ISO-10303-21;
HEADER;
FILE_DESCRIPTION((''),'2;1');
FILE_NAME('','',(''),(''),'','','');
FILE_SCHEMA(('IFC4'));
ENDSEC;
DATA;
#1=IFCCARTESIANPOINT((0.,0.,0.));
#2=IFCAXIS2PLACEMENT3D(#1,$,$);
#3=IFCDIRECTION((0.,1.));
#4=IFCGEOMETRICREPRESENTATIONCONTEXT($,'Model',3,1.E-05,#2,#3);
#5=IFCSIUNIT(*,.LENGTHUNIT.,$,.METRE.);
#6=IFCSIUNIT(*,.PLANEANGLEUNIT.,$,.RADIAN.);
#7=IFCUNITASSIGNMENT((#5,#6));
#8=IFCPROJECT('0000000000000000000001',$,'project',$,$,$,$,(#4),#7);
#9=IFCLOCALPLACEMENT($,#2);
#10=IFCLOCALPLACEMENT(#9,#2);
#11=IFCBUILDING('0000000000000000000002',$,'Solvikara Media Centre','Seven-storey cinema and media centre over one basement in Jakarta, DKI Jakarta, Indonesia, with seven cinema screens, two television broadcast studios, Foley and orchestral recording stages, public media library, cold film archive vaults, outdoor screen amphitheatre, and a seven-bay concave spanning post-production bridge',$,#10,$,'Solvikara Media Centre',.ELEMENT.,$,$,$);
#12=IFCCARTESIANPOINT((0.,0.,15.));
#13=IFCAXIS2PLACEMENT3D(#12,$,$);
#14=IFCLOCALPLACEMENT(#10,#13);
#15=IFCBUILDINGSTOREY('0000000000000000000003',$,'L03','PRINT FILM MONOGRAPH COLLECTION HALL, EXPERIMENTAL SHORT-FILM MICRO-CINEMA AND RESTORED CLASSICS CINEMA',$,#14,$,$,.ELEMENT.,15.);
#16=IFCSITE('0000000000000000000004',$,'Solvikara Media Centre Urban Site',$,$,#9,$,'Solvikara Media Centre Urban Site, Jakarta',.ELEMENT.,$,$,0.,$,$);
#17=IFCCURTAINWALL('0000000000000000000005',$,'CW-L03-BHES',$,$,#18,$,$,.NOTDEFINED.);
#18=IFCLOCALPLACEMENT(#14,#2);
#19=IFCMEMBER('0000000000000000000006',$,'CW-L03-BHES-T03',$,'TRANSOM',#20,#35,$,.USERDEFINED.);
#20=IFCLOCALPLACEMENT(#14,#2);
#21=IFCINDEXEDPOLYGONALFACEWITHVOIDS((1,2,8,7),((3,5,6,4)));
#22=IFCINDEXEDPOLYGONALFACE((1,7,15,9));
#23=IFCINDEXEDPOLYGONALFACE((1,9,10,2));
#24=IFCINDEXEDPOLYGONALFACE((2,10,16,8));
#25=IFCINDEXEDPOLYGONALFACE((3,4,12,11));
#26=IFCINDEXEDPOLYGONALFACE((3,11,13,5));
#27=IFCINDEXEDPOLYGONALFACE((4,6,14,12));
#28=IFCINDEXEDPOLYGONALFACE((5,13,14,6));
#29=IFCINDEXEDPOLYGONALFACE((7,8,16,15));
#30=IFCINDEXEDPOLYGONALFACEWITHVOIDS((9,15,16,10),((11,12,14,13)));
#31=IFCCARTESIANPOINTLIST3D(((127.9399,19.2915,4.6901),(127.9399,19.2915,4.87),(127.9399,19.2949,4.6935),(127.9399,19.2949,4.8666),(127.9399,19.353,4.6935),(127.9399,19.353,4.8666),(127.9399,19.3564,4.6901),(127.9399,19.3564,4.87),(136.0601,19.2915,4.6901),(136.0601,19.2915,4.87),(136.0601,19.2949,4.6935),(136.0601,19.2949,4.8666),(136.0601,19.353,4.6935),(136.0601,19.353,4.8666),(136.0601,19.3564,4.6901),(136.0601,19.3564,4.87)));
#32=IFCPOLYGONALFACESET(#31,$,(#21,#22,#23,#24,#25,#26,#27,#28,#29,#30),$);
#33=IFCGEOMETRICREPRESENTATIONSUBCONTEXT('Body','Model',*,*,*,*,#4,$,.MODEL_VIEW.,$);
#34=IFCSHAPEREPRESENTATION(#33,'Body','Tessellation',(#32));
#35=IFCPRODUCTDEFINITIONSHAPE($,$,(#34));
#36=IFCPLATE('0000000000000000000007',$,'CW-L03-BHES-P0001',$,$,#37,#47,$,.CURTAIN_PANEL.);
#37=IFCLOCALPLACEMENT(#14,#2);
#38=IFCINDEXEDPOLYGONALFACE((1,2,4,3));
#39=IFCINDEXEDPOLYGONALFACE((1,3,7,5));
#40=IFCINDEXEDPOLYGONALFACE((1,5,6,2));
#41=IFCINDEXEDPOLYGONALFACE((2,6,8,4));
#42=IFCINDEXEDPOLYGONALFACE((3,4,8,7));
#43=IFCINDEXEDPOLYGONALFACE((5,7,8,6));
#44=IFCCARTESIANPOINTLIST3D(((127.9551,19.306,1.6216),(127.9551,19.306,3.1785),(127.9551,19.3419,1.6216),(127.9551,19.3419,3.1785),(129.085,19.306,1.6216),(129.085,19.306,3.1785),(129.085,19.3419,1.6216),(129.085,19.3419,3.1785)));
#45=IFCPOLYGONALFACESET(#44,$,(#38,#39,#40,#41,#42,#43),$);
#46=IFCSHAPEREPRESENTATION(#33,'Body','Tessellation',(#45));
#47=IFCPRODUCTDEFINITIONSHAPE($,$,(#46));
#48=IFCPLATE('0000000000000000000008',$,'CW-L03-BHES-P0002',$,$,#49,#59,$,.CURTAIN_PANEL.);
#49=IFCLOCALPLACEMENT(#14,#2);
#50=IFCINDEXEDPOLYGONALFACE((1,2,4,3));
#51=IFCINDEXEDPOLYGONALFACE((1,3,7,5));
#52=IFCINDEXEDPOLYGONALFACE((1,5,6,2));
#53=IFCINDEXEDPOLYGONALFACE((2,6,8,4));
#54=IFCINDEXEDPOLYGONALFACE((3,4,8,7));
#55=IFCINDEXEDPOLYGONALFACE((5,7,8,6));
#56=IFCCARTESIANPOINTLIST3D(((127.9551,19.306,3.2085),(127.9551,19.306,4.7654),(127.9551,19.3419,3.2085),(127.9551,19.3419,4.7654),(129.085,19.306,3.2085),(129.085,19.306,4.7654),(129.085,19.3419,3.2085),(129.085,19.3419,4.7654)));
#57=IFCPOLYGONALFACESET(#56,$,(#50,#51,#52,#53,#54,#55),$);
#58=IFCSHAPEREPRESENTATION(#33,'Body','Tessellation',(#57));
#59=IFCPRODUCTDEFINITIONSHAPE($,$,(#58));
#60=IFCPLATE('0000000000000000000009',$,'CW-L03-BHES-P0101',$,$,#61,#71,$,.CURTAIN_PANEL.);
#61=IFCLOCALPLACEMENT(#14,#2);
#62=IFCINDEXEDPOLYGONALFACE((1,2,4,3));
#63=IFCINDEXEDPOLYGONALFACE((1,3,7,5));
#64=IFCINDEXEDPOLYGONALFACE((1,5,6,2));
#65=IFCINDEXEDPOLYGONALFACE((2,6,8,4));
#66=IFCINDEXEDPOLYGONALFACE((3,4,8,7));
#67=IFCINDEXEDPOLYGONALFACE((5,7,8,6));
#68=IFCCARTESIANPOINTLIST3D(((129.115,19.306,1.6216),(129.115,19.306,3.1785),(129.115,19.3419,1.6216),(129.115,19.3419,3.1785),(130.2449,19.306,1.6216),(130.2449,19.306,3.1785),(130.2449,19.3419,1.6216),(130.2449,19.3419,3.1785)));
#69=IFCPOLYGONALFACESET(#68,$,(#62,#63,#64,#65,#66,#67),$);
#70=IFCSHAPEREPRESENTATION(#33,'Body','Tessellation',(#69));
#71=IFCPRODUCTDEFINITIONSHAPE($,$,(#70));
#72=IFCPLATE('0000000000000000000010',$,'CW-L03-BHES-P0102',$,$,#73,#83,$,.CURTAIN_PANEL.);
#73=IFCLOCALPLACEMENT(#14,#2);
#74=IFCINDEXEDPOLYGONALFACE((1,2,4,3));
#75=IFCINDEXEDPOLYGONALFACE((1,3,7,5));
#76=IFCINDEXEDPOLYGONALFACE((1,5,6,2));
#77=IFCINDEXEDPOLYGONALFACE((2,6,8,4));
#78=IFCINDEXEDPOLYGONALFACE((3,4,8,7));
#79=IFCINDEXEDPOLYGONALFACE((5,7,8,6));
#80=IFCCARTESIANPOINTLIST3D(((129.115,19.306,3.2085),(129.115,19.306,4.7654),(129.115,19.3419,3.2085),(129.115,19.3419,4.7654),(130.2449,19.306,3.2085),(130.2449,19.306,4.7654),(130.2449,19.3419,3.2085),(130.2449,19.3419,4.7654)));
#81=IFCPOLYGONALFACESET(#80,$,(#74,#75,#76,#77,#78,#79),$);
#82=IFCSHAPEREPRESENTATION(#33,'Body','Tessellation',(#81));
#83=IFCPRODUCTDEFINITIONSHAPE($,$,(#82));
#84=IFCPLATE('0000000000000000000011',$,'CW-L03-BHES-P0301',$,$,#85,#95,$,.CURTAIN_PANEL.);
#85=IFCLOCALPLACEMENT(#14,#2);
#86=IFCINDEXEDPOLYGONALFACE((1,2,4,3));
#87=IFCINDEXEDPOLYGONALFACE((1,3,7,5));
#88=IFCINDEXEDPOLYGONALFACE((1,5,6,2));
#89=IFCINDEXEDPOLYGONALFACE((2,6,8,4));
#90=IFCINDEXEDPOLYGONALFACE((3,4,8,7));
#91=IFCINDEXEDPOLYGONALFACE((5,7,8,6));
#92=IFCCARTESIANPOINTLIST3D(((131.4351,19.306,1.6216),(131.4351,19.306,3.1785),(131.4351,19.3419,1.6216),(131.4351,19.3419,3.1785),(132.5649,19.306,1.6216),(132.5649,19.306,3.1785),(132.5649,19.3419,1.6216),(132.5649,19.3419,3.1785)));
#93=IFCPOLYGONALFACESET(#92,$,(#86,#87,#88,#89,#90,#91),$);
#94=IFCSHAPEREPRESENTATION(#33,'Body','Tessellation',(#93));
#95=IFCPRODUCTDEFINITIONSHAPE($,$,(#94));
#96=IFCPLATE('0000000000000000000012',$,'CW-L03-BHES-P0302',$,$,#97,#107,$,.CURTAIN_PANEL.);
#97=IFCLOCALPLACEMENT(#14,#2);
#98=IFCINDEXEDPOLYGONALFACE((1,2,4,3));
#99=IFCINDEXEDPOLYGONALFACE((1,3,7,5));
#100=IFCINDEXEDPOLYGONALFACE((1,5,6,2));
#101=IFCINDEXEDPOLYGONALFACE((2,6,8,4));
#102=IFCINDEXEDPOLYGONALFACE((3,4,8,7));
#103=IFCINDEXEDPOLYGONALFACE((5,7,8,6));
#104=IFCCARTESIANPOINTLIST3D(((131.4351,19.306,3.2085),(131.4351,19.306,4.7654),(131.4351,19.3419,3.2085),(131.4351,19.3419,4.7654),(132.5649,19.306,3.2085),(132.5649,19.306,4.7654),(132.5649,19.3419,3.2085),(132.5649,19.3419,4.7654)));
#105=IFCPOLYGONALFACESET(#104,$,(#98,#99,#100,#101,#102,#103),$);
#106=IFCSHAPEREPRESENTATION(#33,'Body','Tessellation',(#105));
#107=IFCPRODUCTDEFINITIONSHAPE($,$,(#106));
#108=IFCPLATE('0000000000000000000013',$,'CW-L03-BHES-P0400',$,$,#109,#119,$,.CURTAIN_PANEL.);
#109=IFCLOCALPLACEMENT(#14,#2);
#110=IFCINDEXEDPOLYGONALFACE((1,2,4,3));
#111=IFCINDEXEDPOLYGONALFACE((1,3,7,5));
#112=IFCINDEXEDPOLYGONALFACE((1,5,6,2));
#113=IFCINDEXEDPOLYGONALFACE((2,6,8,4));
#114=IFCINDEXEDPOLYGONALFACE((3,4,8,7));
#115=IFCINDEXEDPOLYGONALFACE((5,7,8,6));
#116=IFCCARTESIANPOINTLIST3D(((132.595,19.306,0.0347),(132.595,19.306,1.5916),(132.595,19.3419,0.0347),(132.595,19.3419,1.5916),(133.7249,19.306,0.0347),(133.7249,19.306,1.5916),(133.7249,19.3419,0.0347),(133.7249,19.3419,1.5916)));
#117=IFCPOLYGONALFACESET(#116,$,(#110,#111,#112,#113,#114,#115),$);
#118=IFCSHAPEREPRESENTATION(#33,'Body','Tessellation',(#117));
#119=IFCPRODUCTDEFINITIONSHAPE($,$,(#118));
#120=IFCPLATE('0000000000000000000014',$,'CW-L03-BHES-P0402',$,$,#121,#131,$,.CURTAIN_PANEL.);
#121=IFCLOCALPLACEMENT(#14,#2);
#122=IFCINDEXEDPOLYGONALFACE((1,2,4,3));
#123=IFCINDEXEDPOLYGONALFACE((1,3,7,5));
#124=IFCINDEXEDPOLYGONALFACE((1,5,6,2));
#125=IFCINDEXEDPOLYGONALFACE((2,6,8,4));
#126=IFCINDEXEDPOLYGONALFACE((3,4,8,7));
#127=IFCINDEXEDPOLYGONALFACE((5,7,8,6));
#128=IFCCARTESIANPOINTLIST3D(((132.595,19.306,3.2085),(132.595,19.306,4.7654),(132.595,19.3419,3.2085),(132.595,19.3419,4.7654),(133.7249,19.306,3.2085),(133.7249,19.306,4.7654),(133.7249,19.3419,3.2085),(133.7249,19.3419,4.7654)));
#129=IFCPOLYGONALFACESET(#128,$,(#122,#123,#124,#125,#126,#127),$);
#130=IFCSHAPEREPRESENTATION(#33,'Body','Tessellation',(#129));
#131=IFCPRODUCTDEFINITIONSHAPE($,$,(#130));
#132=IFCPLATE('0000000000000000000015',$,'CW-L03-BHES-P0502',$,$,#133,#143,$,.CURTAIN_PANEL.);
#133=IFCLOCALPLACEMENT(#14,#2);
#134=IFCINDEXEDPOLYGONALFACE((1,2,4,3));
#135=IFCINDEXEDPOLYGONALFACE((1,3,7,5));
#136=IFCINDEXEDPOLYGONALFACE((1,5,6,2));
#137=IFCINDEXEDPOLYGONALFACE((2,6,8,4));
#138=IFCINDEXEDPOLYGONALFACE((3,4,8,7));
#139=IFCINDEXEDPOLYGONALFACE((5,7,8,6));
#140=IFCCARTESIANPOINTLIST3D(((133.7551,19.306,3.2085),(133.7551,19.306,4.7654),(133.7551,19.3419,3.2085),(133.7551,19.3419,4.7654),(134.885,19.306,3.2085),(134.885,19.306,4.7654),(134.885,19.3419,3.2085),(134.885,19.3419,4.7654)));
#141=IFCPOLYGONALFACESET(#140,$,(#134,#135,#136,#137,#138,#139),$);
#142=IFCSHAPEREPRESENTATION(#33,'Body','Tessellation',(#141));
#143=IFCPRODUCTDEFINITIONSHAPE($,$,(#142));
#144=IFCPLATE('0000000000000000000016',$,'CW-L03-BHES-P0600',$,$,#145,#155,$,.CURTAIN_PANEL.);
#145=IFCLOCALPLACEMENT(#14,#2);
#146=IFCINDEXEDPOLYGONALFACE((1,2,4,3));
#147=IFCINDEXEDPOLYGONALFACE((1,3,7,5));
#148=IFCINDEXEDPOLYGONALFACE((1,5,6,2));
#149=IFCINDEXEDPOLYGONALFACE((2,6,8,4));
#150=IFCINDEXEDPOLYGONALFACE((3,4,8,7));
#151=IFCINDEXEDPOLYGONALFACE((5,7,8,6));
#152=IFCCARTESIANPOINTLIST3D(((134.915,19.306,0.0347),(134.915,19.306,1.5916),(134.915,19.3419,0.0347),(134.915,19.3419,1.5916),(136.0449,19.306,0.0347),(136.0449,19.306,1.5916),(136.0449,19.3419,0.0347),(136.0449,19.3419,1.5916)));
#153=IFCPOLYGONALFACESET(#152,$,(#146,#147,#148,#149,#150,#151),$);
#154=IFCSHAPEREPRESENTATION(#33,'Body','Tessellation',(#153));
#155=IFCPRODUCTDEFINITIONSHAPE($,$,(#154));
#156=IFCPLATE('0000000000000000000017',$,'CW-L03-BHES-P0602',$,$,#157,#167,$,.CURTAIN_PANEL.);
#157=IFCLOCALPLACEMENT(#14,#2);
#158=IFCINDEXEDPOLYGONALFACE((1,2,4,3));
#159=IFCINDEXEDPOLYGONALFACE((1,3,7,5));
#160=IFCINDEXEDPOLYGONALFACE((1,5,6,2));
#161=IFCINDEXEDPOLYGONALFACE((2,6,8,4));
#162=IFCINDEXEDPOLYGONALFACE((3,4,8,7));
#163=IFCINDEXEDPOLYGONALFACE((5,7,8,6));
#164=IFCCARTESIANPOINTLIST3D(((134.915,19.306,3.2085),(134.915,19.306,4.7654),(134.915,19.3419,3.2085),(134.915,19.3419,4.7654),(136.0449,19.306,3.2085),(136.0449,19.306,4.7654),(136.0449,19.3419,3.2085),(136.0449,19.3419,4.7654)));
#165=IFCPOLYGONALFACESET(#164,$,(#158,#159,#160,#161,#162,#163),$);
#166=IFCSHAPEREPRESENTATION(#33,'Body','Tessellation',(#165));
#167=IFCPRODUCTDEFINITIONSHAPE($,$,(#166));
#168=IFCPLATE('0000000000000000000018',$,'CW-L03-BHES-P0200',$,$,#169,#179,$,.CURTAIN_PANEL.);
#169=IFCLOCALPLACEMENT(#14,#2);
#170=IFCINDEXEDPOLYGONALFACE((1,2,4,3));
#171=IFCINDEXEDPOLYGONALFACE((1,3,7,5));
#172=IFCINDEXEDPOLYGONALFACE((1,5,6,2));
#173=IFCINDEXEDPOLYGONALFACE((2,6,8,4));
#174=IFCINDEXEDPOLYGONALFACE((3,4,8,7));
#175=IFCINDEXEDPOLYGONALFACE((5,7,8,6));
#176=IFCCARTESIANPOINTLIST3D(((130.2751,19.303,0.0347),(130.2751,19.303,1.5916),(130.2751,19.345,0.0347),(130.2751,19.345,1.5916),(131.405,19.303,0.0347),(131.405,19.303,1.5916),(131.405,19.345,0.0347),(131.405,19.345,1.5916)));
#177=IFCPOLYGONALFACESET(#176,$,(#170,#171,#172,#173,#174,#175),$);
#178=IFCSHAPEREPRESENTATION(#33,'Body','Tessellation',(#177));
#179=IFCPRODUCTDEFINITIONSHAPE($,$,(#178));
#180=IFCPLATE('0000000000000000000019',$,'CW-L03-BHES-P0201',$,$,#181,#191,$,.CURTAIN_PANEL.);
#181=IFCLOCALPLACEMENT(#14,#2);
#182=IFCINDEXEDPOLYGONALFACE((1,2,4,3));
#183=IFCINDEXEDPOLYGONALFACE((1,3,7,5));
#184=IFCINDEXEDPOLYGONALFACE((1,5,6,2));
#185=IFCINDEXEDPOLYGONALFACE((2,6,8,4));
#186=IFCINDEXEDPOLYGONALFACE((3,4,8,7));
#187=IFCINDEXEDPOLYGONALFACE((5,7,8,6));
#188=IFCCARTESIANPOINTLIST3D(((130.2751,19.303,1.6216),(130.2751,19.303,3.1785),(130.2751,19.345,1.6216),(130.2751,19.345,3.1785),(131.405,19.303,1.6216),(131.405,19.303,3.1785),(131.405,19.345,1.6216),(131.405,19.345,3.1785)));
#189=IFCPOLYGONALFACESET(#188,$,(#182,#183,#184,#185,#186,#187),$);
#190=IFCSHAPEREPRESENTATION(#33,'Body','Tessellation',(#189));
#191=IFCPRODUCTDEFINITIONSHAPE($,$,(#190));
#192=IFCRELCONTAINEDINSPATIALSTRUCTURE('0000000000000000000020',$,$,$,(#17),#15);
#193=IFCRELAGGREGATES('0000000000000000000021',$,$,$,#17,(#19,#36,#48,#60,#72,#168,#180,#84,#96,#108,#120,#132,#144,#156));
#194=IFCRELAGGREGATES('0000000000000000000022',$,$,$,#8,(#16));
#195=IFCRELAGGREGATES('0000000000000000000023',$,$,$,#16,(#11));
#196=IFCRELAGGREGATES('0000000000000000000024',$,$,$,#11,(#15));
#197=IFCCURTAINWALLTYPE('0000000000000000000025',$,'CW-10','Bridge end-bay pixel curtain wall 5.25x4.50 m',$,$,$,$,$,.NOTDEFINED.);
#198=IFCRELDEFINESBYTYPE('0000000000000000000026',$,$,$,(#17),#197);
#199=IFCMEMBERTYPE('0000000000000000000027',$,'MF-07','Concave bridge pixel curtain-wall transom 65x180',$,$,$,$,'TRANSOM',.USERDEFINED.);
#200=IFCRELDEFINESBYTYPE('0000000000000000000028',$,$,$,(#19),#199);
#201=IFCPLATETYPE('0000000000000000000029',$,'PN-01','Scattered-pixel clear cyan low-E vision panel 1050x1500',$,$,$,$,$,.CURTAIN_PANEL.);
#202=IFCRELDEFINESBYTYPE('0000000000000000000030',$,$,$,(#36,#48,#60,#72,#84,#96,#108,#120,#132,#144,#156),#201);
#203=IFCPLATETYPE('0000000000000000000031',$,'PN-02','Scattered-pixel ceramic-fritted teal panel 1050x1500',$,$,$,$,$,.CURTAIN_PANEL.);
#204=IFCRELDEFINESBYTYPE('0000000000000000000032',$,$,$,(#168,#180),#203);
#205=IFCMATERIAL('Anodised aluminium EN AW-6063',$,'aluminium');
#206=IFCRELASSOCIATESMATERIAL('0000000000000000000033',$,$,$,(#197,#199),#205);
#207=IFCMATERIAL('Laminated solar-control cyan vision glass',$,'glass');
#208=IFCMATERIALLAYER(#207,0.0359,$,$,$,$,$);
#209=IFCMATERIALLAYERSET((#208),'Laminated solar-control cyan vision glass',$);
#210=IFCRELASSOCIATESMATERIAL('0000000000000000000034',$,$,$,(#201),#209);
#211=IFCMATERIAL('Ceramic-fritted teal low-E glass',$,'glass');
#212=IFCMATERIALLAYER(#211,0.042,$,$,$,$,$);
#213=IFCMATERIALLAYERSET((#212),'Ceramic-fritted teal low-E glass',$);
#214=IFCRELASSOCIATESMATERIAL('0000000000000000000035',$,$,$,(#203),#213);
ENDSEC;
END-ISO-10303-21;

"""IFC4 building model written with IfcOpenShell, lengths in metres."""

from ifc_helpers import new_model, si_unit, direction, frame, origin, origin_2d, place, context, subcontext, project, spatial, rectangle, hollow_rectangle, extrude, material, layer, layer_set, material_profile, profile_set, type_object, element, aggregate, save


model = new_model("IFC4")

# Units and contexts
model_context = context("Model", 3, precision=1e-05, world=origin(), true_north=direction((0.0, 1.0)))
body_context = subcontext(model_context, "Body", "Model", "MODEL_VIEW")
ifc_project = project(units=[si_unit("LENGTHUNIT", "METRE"), si_unit("PLANEANGLEUNIT", "RADIAN")], contexts=[model_context])

# Site, building, storey
site_placement = place(None, origin())
site = spatial("IfcSite", under=ifc_project, at=site_placement, Name="Solvikara Media Centre Urban Site", LongName="Solvikara Media Centre Urban Site, Jakarta", CompositionType="ELEMENT", RefElevation=0.0)
building_placement = place(site_placement, origin())
building = spatial("IfcBuilding", under=site, at=building_placement, Name="Solvikara Media Centre", Description="Seven-storey cinema and media centre over one basement in Jakarta, DKI Jakarta, Indonesia, with seven cinema screens, two television broadcast studios, Foley and orchestral recording stages, public media library, cold film archive vaults, outdoor screen amphitheatre, and a seven-bay concave spanning post-production bridge", LongName="Solvikara Media Centre", CompositionType="ELEMENT")
storey_placement = place(building_placement, frame((0.0, 0.0, 15.0)))
storey = spatial("IfcBuildingStorey", under=building, at=storey_placement, Name="L03", Description="PRINT FILM MONOGRAPH COLLECTION HALL, EXPERIMENTAL SHORT-FILM MICRO-CINEMA AND RESTORED CLASSICS CINEMA", CompositionType="ELEMENT", Elevation=15.0)

# Curtain wall, member, plates
ifc_material_1 = material(Name="Anodised aluminium EN AW-6063", Category="aluminium")
curtain_wall_type = type_object("IfcCurtainWallType", Name="CW-10", Description="Bridge end-bay pixel curtain wall 5.25x4.50 m", PredefinedType="NOTDEFINED", material=ifc_material_1)
curtain_wall_placement = place(storey_placement, origin())
curtain_wall = element("IfcCurtainWall", 1, at=curtain_wall_placement, inside=storey, type_object=curtain_wall_type, Name="CW-L03-BHES", PredefinedType="NOTDEFINED")
ifc_material_profile_1 = material_profile(ifc_material_1, hollow_rectangle(XDim=0.0649, YDim=0.1799, WallThickness=0.0034, at=origin_2d()), Name="ALU-T 65x180x3.5")
ifc_profile_set_1 = profile_set([ifc_material_profile_1], Name="Anodised aluminium EN AW-6063")
member_type_1 = type_object("IfcMemberType", Name="MF-07", Description="Concave bridge pixel curtain-wall transom 65x180", ElementType="TRANSOM", PredefinedType="USERDEFINED", material=ifc_profile_set_1)
member_1_placement = place(storey_placement, frame((127.9399, 19.324, 4.78), z_axis=(1.0, 0.0, 0.0), x_axis=(0.0, 1.0, 0.0)))
member_1 = element("IfcMember", 2, at=member_1_placement, type_object=member_type_1, Name="CW-L03-BHES-T03", ObjectType="TRANSOM", PredefinedType="USERDEFINED", context=body_context, shape_type="SweptSolid", body=[
    extrude(hollow_rectangle(XDim=0.0649, YDim=0.1799, WallThickness=0.0034, at=origin_2d()), origin(), (0.0, 0.0, 1.0), 8.1201),
])
ifc_material_2 = material(Name="Laminated solar-control cyan vision glass", Category="glass")
ifc_layer_1 = layer(ifc_material_2, 0.0359)
ifc_layer_set_1 = layer_set([ifc_layer_1], Name="Laminated solar-control cyan vision glass")
plate_type_1 = type_object("IfcPlateType", Name="PN-01", Description="Scattered-pixel clear cyan low-E vision panel 1050x1500", PredefinedType="CURTAIN_PANEL", material=ifc_layer_set_1)
plate_1_placement = place(storey_placement, frame((128.52, 19.324, 1.6216), z_axis=(0.0, 0.0, 1.0), x_axis=(1.0, 0.0, 0.0)))
plate_1 = element("IfcPlate", 3, at=plate_1_placement, type_object=plate_type_1, Name="CW-L03-BHES-P0001", PredefinedType="CURTAIN_PANEL", context=body_context, shape_type="SweptSolid", body=[
    extrude(rectangle(XDim=1.1299, YDim=0.0359, at=origin_2d()), origin(), (0.0, 0.0, 1.0), 1.5569),
])
plate_2_placement = place(storey_placement, frame((128.52, 19.324, 3.2085), z_axis=(0.0, 0.0, 1.0), x_axis=(1.0, 0.0, 0.0)))
plate_2 = element("IfcPlate", 4, at=plate_2_placement, type_object=plate_type_1, Name="CW-L03-BHES-P0002", PredefinedType="CURTAIN_PANEL", context=body_context, shape_type="SweptSolid", body=[
    extrude(rectangle(XDim=1.1299, YDim=0.0359, at=origin_2d()), origin(), (0.0, 0.0, 1.0), 1.5569),
])
plate_3_placement = place(storey_placement, frame((129.6799, 19.324, 1.6216), z_axis=(0.0, 0.0, 1.0), x_axis=(1.0, 0.0, 0.0)))
plate_3 = element("IfcPlate", 5, at=plate_3_placement, type_object=plate_type_1, Name="CW-L03-BHES-P0101", PredefinedType="CURTAIN_PANEL", context=body_context, shape_type="SweptSolid", body=[
    extrude(rectangle(XDim=1.1299, YDim=0.0359, at=origin_2d()), origin(), (0.0, 0.0, 1.0), 1.5569),
])
plate_4_placement = place(storey_placement, frame((129.6799, 19.324, 3.2085), z_axis=(0.0, 0.0, 1.0), x_axis=(1.0, 0.0, 0.0)))
plate_4 = element("IfcPlate", 6, at=plate_4_placement, type_object=plate_type_1, Name="CW-L03-BHES-P0102", PredefinedType="CURTAIN_PANEL", context=body_context, shape_type="SweptSolid", body=[
    extrude(rectangle(XDim=1.1299, YDim=0.0359, at=origin_2d()), origin(), (0.0, 0.0, 1.0), 1.5569),
])
plate_5_placement = place(storey_placement, frame((132.0, 19.324, 1.6216), z_axis=(0.0, 0.0, 1.0), x_axis=(1.0, 0.0, 0.0)))
plate_5 = element("IfcPlate", 7, at=plate_5_placement, type_object=plate_type_1, Name="CW-L03-BHES-P0301", PredefinedType="CURTAIN_PANEL", context=body_context, shape_type="SweptSolid", body=[
    extrude(rectangle(XDim=1.1299, YDim=0.0359, at=origin_2d()), origin(), (0.0, 0.0, 1.0), 1.5569),
])
plate_6_placement = place(storey_placement, frame((132.0, 19.324, 3.2085), z_axis=(0.0, 0.0, 1.0), x_axis=(1.0, 0.0, 0.0)))
plate_6 = element("IfcPlate", 8, at=plate_6_placement, type_object=plate_type_1, Name="CW-L03-BHES-P0302", PredefinedType="CURTAIN_PANEL", context=body_context, shape_type="SweptSolid", body=[
    extrude(rectangle(XDim=1.1299, YDim=0.0359, at=origin_2d()), origin(), (0.0, 0.0, 1.0), 1.5569),
])
plate_7_placement = place(storey_placement, frame((133.1599, 19.324, 0.0347), z_axis=(0.0, 0.0, 1.0), x_axis=(1.0, 0.0, 0.0)))
plate_7 = element("IfcPlate", 9, at=plate_7_placement, type_object=plate_type_1, Name="CW-L03-BHES-P0400", PredefinedType="CURTAIN_PANEL", context=body_context, shape_type="SweptSolid", body=[
    extrude(rectangle(XDim=1.1299, YDim=0.0359, at=origin_2d()), origin(), (0.0, 0.0, 1.0), 1.5569),
])
plate_8_placement = place(storey_placement, frame((133.1599, 19.324, 3.2085), z_axis=(0.0, 0.0, 1.0), x_axis=(1.0, 0.0, 0.0)))
plate_8 = element("IfcPlate", 10, at=plate_8_placement, type_object=plate_type_1, Name="CW-L03-BHES-P0402", PredefinedType="CURTAIN_PANEL", context=body_context, shape_type="SweptSolid", body=[
    extrude(rectangle(XDim=1.1299, YDim=0.0359, at=origin_2d()), origin(), (0.0, 0.0, 1.0), 1.5569),
])
plate_9_placement = place(storey_placement, frame((134.3201, 19.324, 3.2085), z_axis=(0.0, 0.0, 1.0), x_axis=(1.0, 0.0, 0.0)))
plate_9 = element("IfcPlate", 11, at=plate_9_placement, type_object=plate_type_1, Name="CW-L03-BHES-P0502", PredefinedType="CURTAIN_PANEL", context=body_context, shape_type="SweptSolid", body=[
    extrude(rectangle(XDim=1.1299, YDim=0.0359, at=origin_2d()), origin(), (0.0, 0.0, 1.0), 1.5569),
])
plate_10_placement = place(storey_placement, frame((135.48, 19.324, 0.0347), z_axis=(0.0, 0.0, 1.0), x_axis=(1.0, 0.0, 0.0)))
plate_10 = element("IfcPlate", 12, at=plate_10_placement, type_object=plate_type_1, Name="CW-L03-BHES-P0600", PredefinedType="CURTAIN_PANEL", context=body_context, shape_type="SweptSolid", body=[
    extrude(rectangle(XDim=1.1299, YDim=0.0359, at=origin_2d()), origin(), (0.0, 0.0, 1.0), 1.5569),
])
plate_11_placement = place(storey_placement, frame((135.48, 19.324, 3.2085), z_axis=(0.0, 0.0, 1.0), x_axis=(1.0, 0.0, 0.0)))
plate_11 = element("IfcPlate", 13, at=plate_11_placement, type_object=plate_type_1, Name="CW-L03-BHES-P0602", PredefinedType="CURTAIN_PANEL", context=body_context, shape_type="SweptSolid", body=[
    extrude(rectangle(XDim=1.1299, YDim=0.0359, at=origin_2d()), origin(), (0.0, 0.0, 1.0), 1.5569),
])
ifc_material_3 = material(Name="Ceramic-fritted teal low-E glass", Category="glass")
ifc_layer_2 = layer(ifc_material_3, 0.042)
ifc_layer_set_2 = layer_set([ifc_layer_2], Name="Ceramic-fritted teal low-E glass")
plate_type_2 = type_object("IfcPlateType", Name="PN-02", Description="Scattered-pixel ceramic-fritted teal panel 1050x1500", PredefinedType="CURTAIN_PANEL", material=ifc_layer_set_2)
plate_12_placement = place(storey_placement, frame((130.8401, 19.324, 0.0347), z_axis=(0.0, 0.0, 1.0), x_axis=(1.0, 0.0, 0.0)))
plate_12 = element("IfcPlate", 14, at=plate_12_placement, type_object=plate_type_2, Name="CW-L03-BHES-P0200", PredefinedType="CURTAIN_PANEL", context=body_context, shape_type="SweptSolid", body=[
    extrude(rectangle(XDim=1.1299, YDim=0.042, at=origin_2d()), origin(), (0.0, 0.0, 1.0), 1.5569),
])
plate_13_placement = place(storey_placement, frame((130.8401, 19.324, 1.6216), z_axis=(0.0, 0.0, 1.0), x_axis=(1.0, 0.0, 0.0)))
plate_13 = element("IfcPlate", 15, at=plate_13_placement, type_object=plate_type_2, Name="CW-L03-BHES-P0201", PredefinedType="CURTAIN_PANEL", context=body_context, shape_type="SweptSolid", body=[
    extrude(rectangle(XDim=1.1299, YDim=0.042, at=origin_2d()), origin(), (0.0, 0.0, 1.0), 1.5569),
])
aggregate(curtain_wall, [member_1, plate_1, plate_2, plate_3, plate_4, plate_12, plate_13, plate_5, plate_6, plate_7, plate_8, plate_9, plate_10, plate_11])

save(model, "model.ifc")
